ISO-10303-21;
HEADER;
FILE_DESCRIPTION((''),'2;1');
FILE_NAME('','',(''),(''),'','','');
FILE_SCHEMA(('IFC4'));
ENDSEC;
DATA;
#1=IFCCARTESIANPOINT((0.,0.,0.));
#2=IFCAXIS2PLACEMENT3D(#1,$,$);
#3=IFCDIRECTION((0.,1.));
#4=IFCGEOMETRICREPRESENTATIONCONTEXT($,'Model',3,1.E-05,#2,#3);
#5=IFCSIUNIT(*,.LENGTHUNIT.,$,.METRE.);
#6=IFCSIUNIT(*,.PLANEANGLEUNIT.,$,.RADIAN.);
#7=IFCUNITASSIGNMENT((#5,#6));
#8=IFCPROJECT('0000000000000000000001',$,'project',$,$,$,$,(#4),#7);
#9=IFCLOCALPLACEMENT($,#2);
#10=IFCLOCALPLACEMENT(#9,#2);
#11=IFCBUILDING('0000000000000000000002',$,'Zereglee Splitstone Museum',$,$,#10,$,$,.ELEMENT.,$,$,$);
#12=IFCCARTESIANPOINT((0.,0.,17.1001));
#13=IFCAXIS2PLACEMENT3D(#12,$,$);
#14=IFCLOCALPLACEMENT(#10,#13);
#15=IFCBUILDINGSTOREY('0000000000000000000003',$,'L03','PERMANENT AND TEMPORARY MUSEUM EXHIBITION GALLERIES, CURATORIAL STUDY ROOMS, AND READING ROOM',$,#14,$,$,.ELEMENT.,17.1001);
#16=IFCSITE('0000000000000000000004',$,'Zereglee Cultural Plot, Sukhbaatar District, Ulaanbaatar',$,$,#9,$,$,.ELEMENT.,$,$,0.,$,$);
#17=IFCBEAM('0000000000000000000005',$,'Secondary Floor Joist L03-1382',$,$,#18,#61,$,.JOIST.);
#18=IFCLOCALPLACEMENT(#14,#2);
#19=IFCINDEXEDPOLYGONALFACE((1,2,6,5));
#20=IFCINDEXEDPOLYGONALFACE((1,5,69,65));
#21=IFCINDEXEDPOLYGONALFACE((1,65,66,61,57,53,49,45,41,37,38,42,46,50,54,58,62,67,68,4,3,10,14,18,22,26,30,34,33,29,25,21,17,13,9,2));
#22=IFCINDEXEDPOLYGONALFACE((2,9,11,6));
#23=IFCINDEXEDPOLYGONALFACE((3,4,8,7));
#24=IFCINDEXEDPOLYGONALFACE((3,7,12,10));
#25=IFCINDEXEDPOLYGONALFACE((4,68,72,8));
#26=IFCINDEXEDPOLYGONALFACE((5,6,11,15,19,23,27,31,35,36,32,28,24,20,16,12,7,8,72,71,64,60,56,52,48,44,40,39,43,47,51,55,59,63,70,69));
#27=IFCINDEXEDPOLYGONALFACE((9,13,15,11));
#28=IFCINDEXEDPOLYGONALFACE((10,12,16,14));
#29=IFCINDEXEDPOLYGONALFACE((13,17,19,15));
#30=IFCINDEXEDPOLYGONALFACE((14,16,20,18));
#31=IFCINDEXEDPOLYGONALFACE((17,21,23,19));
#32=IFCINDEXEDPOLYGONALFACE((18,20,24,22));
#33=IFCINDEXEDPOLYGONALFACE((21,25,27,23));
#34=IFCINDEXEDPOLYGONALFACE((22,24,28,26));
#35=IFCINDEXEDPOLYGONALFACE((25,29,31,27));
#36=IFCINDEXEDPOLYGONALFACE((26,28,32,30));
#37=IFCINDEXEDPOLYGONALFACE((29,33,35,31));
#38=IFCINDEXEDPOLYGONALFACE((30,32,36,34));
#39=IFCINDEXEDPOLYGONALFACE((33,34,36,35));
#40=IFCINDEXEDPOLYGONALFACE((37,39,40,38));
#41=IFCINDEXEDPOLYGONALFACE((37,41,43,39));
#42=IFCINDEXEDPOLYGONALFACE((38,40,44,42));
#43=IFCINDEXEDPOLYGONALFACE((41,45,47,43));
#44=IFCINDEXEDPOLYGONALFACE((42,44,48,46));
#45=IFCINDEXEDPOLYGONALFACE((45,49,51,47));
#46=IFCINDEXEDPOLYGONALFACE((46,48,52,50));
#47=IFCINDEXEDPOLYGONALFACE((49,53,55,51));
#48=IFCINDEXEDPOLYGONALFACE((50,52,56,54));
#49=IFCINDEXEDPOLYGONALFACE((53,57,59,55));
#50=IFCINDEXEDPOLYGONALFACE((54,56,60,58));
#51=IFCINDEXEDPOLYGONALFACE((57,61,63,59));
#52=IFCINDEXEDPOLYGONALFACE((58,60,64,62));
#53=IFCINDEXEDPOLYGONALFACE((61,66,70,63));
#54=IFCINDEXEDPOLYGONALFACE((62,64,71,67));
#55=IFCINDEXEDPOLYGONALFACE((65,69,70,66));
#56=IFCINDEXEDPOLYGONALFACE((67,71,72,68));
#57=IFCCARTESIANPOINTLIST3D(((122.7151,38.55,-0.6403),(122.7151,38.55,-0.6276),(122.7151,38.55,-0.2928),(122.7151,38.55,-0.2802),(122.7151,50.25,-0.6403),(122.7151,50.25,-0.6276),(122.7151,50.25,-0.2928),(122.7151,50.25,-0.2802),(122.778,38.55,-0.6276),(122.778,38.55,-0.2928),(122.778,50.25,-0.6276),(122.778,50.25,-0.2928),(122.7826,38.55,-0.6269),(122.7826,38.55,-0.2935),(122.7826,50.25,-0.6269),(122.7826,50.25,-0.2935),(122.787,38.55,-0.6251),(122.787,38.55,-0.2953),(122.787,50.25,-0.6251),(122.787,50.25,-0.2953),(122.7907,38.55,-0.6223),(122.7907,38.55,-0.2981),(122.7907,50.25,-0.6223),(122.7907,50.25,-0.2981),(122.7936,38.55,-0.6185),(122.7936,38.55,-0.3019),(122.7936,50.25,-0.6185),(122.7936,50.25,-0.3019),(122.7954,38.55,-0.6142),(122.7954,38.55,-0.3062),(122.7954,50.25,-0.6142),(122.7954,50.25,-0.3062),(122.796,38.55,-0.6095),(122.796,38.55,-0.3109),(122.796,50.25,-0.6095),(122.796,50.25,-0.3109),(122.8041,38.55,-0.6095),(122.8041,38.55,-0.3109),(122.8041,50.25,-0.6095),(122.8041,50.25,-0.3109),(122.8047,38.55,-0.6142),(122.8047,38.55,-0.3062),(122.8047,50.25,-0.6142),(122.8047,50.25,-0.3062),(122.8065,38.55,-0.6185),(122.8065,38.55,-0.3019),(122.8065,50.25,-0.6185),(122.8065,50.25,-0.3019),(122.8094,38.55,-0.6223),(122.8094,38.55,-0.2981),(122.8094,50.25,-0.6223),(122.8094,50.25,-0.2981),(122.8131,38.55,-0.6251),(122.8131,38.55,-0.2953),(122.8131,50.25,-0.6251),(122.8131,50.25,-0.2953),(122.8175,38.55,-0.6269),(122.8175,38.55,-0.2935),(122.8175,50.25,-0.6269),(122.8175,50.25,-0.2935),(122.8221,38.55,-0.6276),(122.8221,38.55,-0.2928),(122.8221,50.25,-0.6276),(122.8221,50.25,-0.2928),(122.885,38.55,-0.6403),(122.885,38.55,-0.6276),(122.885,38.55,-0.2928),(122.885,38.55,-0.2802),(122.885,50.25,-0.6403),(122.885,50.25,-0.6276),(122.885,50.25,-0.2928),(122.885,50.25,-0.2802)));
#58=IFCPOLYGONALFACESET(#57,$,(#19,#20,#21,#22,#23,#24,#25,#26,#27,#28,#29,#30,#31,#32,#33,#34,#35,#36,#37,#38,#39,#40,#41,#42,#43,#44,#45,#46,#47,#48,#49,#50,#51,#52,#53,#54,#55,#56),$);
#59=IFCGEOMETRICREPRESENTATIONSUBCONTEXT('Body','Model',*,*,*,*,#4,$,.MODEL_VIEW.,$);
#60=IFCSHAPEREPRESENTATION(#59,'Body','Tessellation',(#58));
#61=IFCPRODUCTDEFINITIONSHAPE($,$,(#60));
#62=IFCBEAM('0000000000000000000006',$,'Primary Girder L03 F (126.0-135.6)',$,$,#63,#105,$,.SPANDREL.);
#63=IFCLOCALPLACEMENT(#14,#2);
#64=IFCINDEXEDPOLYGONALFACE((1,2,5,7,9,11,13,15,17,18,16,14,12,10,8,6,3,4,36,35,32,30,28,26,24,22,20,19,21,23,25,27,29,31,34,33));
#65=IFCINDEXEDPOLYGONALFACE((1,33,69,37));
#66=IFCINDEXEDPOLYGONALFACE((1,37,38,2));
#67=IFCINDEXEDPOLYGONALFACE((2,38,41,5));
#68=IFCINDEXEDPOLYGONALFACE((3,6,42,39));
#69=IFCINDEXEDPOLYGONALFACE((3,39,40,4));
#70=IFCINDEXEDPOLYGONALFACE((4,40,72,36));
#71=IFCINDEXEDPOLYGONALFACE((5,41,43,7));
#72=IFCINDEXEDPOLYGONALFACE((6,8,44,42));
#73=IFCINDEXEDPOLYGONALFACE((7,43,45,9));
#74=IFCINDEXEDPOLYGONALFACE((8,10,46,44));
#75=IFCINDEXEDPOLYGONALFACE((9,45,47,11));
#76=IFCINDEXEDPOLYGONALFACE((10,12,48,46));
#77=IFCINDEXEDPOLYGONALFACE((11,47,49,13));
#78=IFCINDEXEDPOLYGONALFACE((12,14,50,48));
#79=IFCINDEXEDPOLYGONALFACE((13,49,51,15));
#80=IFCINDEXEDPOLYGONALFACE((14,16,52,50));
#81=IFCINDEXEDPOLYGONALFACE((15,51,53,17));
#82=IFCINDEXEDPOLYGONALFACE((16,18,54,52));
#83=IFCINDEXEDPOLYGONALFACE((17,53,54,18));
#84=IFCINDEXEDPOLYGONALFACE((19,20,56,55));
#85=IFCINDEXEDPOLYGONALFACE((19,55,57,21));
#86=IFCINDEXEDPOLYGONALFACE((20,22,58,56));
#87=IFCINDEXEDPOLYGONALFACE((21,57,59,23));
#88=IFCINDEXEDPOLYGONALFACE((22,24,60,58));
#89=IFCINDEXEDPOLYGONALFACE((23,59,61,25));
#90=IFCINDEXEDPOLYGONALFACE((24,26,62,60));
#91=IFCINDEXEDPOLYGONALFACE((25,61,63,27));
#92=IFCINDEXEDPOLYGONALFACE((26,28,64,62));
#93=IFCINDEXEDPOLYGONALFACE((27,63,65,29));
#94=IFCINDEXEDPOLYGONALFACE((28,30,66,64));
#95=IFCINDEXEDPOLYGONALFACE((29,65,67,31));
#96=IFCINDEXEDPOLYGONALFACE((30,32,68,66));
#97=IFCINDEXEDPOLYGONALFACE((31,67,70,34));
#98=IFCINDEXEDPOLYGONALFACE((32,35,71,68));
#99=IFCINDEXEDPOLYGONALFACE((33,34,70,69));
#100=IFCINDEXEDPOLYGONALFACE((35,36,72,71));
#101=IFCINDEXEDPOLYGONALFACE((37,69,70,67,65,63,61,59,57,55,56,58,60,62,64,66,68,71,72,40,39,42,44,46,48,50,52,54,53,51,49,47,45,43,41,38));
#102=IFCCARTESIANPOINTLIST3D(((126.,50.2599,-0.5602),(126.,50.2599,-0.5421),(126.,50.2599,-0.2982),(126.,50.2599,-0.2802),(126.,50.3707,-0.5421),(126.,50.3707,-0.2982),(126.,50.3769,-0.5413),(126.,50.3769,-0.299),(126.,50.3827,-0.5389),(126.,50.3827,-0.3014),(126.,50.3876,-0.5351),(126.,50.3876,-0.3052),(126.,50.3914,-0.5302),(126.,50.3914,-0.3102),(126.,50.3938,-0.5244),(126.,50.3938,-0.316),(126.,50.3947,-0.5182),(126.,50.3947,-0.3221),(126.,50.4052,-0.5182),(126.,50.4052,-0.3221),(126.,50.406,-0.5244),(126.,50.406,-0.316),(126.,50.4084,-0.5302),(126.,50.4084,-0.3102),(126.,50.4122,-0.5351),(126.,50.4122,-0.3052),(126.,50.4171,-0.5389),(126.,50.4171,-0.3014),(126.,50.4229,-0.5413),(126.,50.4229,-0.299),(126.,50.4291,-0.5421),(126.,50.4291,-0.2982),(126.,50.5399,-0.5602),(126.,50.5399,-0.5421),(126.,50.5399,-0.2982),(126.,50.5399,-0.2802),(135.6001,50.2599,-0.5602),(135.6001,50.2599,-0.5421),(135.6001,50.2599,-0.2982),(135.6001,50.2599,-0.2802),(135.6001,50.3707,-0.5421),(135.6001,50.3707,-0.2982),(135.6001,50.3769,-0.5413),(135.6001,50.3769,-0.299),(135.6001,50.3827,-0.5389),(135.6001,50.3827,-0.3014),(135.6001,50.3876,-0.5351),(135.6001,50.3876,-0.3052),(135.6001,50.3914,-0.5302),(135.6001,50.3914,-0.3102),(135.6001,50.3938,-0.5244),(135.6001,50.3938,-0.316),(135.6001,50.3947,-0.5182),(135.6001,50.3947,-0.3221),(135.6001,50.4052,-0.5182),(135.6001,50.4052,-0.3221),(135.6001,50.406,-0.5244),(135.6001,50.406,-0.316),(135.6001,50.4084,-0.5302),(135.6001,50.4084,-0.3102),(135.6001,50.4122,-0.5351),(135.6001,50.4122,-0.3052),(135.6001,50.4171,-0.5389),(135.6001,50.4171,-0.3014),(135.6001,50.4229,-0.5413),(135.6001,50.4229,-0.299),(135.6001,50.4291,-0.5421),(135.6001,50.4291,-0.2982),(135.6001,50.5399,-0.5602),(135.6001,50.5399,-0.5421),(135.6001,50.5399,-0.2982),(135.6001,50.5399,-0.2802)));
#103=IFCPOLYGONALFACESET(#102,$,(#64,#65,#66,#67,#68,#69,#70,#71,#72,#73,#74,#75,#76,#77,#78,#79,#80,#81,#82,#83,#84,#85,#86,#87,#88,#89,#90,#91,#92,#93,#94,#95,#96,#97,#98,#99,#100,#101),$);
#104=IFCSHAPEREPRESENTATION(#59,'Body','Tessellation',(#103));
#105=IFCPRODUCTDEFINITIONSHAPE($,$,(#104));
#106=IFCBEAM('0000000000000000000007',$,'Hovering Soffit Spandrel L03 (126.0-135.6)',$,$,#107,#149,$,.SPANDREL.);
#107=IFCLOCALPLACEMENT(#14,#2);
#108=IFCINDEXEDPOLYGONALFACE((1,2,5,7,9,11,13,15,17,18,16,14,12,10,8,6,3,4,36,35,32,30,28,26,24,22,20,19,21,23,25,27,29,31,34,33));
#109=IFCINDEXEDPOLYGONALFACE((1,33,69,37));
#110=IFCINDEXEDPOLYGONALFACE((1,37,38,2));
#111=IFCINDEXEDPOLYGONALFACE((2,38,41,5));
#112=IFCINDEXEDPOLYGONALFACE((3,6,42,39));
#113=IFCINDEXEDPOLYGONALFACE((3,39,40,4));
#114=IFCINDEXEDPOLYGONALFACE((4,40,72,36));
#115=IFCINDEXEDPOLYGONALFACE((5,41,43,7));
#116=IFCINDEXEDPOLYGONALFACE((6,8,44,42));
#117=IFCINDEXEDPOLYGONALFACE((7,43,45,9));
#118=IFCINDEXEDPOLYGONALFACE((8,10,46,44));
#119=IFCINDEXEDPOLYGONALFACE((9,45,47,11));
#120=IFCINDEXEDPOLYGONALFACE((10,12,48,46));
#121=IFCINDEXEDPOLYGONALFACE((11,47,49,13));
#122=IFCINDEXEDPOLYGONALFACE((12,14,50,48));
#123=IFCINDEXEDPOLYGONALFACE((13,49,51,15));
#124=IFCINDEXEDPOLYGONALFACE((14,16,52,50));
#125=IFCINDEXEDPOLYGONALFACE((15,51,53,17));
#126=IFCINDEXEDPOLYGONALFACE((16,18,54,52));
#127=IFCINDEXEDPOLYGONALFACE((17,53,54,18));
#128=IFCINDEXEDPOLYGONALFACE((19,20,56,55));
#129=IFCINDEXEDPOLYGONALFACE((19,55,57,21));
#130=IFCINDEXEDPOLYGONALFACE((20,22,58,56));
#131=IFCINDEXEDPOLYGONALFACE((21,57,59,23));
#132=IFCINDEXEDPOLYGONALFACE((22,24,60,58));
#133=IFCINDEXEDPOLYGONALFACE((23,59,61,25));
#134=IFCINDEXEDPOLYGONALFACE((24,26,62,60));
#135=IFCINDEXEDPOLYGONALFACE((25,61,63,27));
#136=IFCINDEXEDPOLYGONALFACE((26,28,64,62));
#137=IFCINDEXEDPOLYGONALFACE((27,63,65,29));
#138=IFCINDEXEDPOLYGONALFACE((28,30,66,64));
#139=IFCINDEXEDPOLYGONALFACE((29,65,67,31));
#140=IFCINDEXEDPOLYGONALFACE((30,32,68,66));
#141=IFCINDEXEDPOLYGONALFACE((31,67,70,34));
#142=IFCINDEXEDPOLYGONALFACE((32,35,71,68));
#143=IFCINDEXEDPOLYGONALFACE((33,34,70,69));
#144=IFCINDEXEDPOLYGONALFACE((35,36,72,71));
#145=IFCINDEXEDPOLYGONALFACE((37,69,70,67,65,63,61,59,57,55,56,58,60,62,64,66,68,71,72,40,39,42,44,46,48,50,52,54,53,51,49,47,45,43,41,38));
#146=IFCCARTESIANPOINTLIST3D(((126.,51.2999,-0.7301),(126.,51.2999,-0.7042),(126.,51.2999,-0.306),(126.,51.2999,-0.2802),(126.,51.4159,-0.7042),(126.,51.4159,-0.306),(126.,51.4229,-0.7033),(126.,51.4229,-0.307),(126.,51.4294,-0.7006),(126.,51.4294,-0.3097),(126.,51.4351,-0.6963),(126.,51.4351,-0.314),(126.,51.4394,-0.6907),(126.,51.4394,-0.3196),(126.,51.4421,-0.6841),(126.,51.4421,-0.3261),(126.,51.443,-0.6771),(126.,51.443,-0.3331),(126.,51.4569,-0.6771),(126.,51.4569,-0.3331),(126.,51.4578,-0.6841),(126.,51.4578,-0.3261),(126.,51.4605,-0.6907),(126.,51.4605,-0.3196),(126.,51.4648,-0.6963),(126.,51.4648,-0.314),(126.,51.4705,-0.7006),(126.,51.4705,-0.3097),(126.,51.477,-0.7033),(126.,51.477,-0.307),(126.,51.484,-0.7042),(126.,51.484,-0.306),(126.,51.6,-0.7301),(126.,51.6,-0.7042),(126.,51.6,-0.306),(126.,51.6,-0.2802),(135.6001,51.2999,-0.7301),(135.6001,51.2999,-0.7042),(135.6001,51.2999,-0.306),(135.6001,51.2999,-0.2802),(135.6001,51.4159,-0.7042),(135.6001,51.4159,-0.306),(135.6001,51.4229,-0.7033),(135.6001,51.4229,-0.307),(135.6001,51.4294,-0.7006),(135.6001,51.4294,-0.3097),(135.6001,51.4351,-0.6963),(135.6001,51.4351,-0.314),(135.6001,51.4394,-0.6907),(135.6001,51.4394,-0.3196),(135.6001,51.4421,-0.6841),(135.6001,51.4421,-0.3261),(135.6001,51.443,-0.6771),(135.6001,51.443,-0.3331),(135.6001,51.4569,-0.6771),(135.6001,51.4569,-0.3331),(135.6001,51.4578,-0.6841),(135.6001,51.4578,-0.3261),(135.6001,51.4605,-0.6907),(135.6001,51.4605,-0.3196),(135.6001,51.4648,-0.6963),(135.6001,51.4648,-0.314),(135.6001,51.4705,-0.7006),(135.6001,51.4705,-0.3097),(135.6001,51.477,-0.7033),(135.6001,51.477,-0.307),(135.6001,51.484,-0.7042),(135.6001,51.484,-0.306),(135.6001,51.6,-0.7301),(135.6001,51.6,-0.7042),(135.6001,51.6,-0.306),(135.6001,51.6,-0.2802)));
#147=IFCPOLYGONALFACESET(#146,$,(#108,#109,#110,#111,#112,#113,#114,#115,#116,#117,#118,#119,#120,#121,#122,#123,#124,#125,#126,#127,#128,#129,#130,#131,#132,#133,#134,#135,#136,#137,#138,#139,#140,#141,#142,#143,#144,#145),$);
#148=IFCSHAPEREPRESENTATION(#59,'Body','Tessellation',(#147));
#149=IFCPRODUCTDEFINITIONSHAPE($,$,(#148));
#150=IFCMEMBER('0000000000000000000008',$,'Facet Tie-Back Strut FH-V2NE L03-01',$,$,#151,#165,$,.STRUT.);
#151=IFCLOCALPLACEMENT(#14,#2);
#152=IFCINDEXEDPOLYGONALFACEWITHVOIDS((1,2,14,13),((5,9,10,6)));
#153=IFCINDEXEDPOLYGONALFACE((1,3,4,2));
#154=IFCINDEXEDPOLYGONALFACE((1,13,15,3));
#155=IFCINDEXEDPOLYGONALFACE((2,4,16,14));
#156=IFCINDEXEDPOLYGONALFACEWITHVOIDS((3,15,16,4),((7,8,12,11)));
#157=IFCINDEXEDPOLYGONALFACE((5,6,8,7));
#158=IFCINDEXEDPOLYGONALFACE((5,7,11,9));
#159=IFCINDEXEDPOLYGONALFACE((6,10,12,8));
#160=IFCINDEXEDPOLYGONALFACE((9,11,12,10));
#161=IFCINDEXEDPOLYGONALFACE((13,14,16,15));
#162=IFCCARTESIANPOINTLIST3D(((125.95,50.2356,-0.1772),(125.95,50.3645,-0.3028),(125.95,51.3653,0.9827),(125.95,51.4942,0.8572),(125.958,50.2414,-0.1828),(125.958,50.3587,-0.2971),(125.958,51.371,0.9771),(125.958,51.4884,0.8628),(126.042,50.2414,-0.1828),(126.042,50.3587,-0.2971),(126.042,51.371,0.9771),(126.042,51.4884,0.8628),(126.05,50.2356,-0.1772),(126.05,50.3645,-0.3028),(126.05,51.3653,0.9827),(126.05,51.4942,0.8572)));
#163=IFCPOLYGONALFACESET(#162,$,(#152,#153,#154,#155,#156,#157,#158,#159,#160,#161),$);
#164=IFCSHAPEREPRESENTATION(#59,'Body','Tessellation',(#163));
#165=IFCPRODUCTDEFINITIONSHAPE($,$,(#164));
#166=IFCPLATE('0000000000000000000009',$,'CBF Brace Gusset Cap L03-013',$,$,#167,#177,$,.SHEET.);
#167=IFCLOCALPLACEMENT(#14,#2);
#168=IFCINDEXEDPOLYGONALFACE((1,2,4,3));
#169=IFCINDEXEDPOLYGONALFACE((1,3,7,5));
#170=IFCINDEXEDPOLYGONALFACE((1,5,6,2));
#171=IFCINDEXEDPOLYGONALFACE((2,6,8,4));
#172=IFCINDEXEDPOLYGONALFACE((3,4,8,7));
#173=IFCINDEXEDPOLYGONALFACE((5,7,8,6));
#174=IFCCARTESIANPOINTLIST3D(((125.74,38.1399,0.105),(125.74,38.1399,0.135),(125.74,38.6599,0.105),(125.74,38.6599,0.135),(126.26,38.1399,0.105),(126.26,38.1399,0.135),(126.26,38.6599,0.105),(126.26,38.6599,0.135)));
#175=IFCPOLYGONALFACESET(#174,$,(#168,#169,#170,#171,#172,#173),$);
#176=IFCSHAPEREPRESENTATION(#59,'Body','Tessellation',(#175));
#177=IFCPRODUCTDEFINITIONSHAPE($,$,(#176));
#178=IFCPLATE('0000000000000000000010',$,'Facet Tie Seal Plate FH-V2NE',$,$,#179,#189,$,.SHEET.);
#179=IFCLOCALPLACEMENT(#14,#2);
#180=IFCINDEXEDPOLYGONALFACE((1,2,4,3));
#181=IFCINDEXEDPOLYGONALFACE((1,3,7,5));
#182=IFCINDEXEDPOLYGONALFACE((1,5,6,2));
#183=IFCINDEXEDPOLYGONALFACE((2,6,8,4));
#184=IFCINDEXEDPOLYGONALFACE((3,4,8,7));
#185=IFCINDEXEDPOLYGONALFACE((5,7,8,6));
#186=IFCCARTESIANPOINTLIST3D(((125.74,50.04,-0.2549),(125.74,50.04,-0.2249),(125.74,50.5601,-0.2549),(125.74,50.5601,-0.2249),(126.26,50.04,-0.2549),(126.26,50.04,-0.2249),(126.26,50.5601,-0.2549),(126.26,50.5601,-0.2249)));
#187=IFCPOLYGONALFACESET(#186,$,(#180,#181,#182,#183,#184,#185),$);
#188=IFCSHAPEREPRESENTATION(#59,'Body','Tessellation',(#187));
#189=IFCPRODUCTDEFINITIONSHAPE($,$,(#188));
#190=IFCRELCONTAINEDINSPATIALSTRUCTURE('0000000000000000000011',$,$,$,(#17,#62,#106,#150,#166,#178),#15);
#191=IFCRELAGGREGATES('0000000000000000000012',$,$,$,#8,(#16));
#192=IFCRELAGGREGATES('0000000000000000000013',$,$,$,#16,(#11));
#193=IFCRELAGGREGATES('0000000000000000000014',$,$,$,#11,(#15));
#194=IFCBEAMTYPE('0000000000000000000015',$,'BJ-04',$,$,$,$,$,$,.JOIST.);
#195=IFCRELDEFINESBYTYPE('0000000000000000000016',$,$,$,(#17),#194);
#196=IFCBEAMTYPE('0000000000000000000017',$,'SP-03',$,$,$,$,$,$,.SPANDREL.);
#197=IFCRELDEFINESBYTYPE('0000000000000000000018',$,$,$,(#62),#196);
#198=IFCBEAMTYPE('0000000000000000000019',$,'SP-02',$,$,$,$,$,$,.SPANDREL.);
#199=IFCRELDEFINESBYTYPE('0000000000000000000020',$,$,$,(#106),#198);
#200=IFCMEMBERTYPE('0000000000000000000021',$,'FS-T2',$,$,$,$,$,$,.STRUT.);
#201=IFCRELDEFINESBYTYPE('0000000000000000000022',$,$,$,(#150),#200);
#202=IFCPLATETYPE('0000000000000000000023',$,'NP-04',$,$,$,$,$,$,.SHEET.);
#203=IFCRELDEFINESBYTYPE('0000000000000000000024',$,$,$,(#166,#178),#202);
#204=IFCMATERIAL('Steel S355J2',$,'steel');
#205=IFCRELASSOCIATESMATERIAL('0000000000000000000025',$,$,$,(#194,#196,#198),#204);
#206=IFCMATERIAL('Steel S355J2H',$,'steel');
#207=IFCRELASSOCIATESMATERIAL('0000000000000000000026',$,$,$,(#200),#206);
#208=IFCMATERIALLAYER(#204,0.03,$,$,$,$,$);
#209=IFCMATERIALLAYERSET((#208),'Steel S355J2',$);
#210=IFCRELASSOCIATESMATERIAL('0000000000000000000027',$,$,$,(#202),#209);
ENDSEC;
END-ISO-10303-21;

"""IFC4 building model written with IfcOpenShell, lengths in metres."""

from ifc_helpers import new_model, si_unit, direction, frame, origin, origin_2d, place, context, subcontext, project, spatial, rectangle, hollow_rectangle, i_section, extrude, material, layer, layer_set, material_profile, profile_set, type_object, element, save


model = new_model("IFC4")

# Units and contexts
model_context = context("Model", 3, precision=1e-05, world=origin(), true_north=direction((0.0, 1.0)))
body_context = subcontext(model_context, "Body", "Model", "MODEL_VIEW")
ifc_project = project(units=[si_unit("LENGTHUNIT", "METRE"), si_unit("PLANEANGLEUNIT", "RADIAN")], contexts=[model_context])

# Site, building, storey
site_placement = place(None, origin())
site = spatial("IfcSite", under=ifc_project, at=site_placement, Name="Zereglee Cultural Plot, Sukhbaatar District, Ulaanbaatar", CompositionType="ELEMENT", RefElevation=0.0)
building_placement = place(site_placement, origin())
building = spatial("IfcBuilding", under=site, at=building_placement, Name="Zereglee Splitstone Museum", CompositionType="ELEMENT")
storey_placement = place(building_placement, frame((0.0, 0.0, 17.1001)))
storey = spatial("IfcBuildingStorey", under=building, at=storey_placement, Name="L03", Description="PERMANENT AND TEMPORARY MUSEUM EXHIBITION GALLERIES, CURATORIAL STUDY ROOMS, AND READING ROOM", CompositionType="ELEMENT", Elevation=17.1001)

# Shared definitions
ifc_material_1 = material(Name="Steel S355J2", Category="steel")

# Shared definitions
ifc_material_2 = material(Name="Steel S355J2H", Category="steel")

# Beams
ifc_material_profile_1 = material_profile(ifc_material_1, i_section(OverallWidth=0.1699, OverallDepth=0.3601, WebThickness=0.0081, FlangeThickness=0.0127, FilletRadius=0.0181, at=origin_2d()), Name="IPE 360")
ifc_profile_set_1 = profile_set([ifc_material_profile_1], Name="Steel S355J2")
beam_type_1 = type_object("IfcBeamType", Name="BJ-04", PredefinedType="JOIST", material=ifc_profile_set_1)
beam_1_placement = place(storey_placement, frame((122.8, 38.55, -0.4602), z_axis=(0.0, 1.0, 0.0), x_axis=(-1.0, 0.0, 0.0)))
element("IfcBeam", 1, at=beam_1_placement, inside=storey, type_object=beam_type_1, Name="Secondary Floor Joist L03-1382", PredefinedType="JOIST", context=body_context, shape_type="SweptSolid", body=[
    extrude(i_section(OverallWidth=0.1699, OverallDepth=0.3601, WebThickness=0.0081, FlangeThickness=0.0127, FilletRadius=0.0181, at=origin_2d()), origin(), (0.0, 0.0, 1.0), 11.7),
])
ifc_material_profile_2 = material_profile(ifc_material_1, i_section(OverallWidth=0.28, OverallDepth=0.28, WebThickness=0.0105, FlangeThickness=0.0181, FilletRadius=0.0239, at=origin_2d()), Name="HE 280 B")
ifc_profile_set_2 = profile_set([ifc_material_profile_2], Name="Steel S355J2")
beam_type_2 = type_object("IfcBeamType", Name="SP-03", PredefinedType="SPANDREL", material=ifc_profile_set_2)
beam_2_placement = place(storey_placement, frame((126.0, 50.3999, -0.4202), z_axis=(1.0, 0.0, 0.0), x_axis=(0.0, 1.0, 0.0)))
element("IfcBeam", 2, at=beam_2_placement, inside=storey, type_object=beam_type_2, Name="Primary Girder L03 F (126.0-135.6)", PredefinedType="SPANDREL", context=body_context, shape_type="SweptSolid", body=[
    extrude(i_section(OverallWidth=0.28, OverallDepth=0.28, WebThickness=0.0105, FlangeThickness=0.0181, FilletRadius=0.0239, at=origin_2d()), origin(), (0.0, 0.0, 1.0), 9.6001),
])
ifc_material_profile_3 = material_profile(ifc_material_1, i_section(OverallWidth=0.3, OverallDepth=0.45, WebThickness=0.0139, FlangeThickness=0.0259, FilletRadius=0.0271, at=origin_2d()), Name="HE 450 B")
ifc_profile_set_3 = profile_set([ifc_material_profile_3], Name="Steel S355J2")
beam_type_3 = type_object("IfcBeamType", Name="SP-02", PredefinedType="SPANDREL", material=ifc_profile_set_3)
beam_3_placement = place(storey_placement, frame((126.0, 51.45, -0.5051), z_axis=(1.0, 0.0, 0.0), x_axis=(0.0, 1.0, 0.0)))
element("IfcBeam", 3, at=beam_3_placement, inside=storey, type_object=beam_type_3, Name="Hovering Soffit Spandrel L03 (126.0-135.6)", PredefinedType="SPANDREL", context=body_context, shape_type="SweptSolid", body=[
    extrude(i_section(OverallWidth=0.3, OverallDepth=0.45, WebThickness=0.0139, FlangeThickness=0.0259, FilletRadius=0.0271, at=origin_2d()), origin(), (0.0, 0.0, 1.0), 9.6001),
])

# Member
ifc_material_profile_4 = material_profile(ifc_material_2, hollow_rectangle(XDim=0.1001, YDim=0.1799, WallThickness=0.0081, at=origin_2d()), Name="RHS 180x100x8")
ifc_profile_set_4 = profile_set([ifc_material_profile_4], Name="Steel S355J2H")
member_type_1 = type_object("IfcMemberType", Name="FS-T2", PredefinedType="STRUT", material=ifc_profile_set_4)
member_1_placement = place(storey_placement, frame((126.0, 50.3, -0.24), z_axis=(0.0, 0.697696, 0.716394), x_axis=(-1.0, 0.0, 0.0)))
element("IfcMember", 4, at=member_1_placement, inside=storey, type_object=member_type_1, Name="Facet Tie-Back Strut FH-V2NE L03-01", PredefinedType="STRUT", context=body_context, shape_type="SweptSolid", body=[
    extrude(hollow_rectangle(XDim=0.1001, YDim=0.1799, WallThickness=0.0081, at=origin_2d()), origin(), (0.0, 0.0, 1.0), 1.6191),
])

# Plates
ifc_layer_1 = layer(ifc_material_1, 0.03)
ifc_layer_set_1 = layer_set([ifc_layer_1], Name="Steel S355J2")
plate_type_1 = type_object("IfcPlateType", Name="NP-04", PredefinedType="SHEET", material=ifc_layer_set_1)
for number, where, z_axis, x_axis, name in (
    (5, (126.0, 38.3999, 0.105), (0.0, 0.0, 1.0), (1.0, 0.0, 0.0), "CBF Brace Gusset Cap L03-013"),
    (6, (126.0, 50.3, -0.2549), (0.0, 0.0, 1.0), (1.0, 0.0, 0.0), "Facet Tie Seal Plate FH-V2NE"),
):
    element("IfcPlate", number, at=place(storey_placement, frame(where, z_axis=z_axis, x_axis=x_axis)), inside=storey, type_object=plate_type_1, Name=name, PredefinedType="SHEET", context=body_context, shape_type="SweptSolid", body=[
        extrude(rectangle(XDim=0.52, YDim=0.52, at=origin_2d()), origin(), (0.0, 0.0, 1.0), 0.03),
    ])

save(model, "model.ifc")
